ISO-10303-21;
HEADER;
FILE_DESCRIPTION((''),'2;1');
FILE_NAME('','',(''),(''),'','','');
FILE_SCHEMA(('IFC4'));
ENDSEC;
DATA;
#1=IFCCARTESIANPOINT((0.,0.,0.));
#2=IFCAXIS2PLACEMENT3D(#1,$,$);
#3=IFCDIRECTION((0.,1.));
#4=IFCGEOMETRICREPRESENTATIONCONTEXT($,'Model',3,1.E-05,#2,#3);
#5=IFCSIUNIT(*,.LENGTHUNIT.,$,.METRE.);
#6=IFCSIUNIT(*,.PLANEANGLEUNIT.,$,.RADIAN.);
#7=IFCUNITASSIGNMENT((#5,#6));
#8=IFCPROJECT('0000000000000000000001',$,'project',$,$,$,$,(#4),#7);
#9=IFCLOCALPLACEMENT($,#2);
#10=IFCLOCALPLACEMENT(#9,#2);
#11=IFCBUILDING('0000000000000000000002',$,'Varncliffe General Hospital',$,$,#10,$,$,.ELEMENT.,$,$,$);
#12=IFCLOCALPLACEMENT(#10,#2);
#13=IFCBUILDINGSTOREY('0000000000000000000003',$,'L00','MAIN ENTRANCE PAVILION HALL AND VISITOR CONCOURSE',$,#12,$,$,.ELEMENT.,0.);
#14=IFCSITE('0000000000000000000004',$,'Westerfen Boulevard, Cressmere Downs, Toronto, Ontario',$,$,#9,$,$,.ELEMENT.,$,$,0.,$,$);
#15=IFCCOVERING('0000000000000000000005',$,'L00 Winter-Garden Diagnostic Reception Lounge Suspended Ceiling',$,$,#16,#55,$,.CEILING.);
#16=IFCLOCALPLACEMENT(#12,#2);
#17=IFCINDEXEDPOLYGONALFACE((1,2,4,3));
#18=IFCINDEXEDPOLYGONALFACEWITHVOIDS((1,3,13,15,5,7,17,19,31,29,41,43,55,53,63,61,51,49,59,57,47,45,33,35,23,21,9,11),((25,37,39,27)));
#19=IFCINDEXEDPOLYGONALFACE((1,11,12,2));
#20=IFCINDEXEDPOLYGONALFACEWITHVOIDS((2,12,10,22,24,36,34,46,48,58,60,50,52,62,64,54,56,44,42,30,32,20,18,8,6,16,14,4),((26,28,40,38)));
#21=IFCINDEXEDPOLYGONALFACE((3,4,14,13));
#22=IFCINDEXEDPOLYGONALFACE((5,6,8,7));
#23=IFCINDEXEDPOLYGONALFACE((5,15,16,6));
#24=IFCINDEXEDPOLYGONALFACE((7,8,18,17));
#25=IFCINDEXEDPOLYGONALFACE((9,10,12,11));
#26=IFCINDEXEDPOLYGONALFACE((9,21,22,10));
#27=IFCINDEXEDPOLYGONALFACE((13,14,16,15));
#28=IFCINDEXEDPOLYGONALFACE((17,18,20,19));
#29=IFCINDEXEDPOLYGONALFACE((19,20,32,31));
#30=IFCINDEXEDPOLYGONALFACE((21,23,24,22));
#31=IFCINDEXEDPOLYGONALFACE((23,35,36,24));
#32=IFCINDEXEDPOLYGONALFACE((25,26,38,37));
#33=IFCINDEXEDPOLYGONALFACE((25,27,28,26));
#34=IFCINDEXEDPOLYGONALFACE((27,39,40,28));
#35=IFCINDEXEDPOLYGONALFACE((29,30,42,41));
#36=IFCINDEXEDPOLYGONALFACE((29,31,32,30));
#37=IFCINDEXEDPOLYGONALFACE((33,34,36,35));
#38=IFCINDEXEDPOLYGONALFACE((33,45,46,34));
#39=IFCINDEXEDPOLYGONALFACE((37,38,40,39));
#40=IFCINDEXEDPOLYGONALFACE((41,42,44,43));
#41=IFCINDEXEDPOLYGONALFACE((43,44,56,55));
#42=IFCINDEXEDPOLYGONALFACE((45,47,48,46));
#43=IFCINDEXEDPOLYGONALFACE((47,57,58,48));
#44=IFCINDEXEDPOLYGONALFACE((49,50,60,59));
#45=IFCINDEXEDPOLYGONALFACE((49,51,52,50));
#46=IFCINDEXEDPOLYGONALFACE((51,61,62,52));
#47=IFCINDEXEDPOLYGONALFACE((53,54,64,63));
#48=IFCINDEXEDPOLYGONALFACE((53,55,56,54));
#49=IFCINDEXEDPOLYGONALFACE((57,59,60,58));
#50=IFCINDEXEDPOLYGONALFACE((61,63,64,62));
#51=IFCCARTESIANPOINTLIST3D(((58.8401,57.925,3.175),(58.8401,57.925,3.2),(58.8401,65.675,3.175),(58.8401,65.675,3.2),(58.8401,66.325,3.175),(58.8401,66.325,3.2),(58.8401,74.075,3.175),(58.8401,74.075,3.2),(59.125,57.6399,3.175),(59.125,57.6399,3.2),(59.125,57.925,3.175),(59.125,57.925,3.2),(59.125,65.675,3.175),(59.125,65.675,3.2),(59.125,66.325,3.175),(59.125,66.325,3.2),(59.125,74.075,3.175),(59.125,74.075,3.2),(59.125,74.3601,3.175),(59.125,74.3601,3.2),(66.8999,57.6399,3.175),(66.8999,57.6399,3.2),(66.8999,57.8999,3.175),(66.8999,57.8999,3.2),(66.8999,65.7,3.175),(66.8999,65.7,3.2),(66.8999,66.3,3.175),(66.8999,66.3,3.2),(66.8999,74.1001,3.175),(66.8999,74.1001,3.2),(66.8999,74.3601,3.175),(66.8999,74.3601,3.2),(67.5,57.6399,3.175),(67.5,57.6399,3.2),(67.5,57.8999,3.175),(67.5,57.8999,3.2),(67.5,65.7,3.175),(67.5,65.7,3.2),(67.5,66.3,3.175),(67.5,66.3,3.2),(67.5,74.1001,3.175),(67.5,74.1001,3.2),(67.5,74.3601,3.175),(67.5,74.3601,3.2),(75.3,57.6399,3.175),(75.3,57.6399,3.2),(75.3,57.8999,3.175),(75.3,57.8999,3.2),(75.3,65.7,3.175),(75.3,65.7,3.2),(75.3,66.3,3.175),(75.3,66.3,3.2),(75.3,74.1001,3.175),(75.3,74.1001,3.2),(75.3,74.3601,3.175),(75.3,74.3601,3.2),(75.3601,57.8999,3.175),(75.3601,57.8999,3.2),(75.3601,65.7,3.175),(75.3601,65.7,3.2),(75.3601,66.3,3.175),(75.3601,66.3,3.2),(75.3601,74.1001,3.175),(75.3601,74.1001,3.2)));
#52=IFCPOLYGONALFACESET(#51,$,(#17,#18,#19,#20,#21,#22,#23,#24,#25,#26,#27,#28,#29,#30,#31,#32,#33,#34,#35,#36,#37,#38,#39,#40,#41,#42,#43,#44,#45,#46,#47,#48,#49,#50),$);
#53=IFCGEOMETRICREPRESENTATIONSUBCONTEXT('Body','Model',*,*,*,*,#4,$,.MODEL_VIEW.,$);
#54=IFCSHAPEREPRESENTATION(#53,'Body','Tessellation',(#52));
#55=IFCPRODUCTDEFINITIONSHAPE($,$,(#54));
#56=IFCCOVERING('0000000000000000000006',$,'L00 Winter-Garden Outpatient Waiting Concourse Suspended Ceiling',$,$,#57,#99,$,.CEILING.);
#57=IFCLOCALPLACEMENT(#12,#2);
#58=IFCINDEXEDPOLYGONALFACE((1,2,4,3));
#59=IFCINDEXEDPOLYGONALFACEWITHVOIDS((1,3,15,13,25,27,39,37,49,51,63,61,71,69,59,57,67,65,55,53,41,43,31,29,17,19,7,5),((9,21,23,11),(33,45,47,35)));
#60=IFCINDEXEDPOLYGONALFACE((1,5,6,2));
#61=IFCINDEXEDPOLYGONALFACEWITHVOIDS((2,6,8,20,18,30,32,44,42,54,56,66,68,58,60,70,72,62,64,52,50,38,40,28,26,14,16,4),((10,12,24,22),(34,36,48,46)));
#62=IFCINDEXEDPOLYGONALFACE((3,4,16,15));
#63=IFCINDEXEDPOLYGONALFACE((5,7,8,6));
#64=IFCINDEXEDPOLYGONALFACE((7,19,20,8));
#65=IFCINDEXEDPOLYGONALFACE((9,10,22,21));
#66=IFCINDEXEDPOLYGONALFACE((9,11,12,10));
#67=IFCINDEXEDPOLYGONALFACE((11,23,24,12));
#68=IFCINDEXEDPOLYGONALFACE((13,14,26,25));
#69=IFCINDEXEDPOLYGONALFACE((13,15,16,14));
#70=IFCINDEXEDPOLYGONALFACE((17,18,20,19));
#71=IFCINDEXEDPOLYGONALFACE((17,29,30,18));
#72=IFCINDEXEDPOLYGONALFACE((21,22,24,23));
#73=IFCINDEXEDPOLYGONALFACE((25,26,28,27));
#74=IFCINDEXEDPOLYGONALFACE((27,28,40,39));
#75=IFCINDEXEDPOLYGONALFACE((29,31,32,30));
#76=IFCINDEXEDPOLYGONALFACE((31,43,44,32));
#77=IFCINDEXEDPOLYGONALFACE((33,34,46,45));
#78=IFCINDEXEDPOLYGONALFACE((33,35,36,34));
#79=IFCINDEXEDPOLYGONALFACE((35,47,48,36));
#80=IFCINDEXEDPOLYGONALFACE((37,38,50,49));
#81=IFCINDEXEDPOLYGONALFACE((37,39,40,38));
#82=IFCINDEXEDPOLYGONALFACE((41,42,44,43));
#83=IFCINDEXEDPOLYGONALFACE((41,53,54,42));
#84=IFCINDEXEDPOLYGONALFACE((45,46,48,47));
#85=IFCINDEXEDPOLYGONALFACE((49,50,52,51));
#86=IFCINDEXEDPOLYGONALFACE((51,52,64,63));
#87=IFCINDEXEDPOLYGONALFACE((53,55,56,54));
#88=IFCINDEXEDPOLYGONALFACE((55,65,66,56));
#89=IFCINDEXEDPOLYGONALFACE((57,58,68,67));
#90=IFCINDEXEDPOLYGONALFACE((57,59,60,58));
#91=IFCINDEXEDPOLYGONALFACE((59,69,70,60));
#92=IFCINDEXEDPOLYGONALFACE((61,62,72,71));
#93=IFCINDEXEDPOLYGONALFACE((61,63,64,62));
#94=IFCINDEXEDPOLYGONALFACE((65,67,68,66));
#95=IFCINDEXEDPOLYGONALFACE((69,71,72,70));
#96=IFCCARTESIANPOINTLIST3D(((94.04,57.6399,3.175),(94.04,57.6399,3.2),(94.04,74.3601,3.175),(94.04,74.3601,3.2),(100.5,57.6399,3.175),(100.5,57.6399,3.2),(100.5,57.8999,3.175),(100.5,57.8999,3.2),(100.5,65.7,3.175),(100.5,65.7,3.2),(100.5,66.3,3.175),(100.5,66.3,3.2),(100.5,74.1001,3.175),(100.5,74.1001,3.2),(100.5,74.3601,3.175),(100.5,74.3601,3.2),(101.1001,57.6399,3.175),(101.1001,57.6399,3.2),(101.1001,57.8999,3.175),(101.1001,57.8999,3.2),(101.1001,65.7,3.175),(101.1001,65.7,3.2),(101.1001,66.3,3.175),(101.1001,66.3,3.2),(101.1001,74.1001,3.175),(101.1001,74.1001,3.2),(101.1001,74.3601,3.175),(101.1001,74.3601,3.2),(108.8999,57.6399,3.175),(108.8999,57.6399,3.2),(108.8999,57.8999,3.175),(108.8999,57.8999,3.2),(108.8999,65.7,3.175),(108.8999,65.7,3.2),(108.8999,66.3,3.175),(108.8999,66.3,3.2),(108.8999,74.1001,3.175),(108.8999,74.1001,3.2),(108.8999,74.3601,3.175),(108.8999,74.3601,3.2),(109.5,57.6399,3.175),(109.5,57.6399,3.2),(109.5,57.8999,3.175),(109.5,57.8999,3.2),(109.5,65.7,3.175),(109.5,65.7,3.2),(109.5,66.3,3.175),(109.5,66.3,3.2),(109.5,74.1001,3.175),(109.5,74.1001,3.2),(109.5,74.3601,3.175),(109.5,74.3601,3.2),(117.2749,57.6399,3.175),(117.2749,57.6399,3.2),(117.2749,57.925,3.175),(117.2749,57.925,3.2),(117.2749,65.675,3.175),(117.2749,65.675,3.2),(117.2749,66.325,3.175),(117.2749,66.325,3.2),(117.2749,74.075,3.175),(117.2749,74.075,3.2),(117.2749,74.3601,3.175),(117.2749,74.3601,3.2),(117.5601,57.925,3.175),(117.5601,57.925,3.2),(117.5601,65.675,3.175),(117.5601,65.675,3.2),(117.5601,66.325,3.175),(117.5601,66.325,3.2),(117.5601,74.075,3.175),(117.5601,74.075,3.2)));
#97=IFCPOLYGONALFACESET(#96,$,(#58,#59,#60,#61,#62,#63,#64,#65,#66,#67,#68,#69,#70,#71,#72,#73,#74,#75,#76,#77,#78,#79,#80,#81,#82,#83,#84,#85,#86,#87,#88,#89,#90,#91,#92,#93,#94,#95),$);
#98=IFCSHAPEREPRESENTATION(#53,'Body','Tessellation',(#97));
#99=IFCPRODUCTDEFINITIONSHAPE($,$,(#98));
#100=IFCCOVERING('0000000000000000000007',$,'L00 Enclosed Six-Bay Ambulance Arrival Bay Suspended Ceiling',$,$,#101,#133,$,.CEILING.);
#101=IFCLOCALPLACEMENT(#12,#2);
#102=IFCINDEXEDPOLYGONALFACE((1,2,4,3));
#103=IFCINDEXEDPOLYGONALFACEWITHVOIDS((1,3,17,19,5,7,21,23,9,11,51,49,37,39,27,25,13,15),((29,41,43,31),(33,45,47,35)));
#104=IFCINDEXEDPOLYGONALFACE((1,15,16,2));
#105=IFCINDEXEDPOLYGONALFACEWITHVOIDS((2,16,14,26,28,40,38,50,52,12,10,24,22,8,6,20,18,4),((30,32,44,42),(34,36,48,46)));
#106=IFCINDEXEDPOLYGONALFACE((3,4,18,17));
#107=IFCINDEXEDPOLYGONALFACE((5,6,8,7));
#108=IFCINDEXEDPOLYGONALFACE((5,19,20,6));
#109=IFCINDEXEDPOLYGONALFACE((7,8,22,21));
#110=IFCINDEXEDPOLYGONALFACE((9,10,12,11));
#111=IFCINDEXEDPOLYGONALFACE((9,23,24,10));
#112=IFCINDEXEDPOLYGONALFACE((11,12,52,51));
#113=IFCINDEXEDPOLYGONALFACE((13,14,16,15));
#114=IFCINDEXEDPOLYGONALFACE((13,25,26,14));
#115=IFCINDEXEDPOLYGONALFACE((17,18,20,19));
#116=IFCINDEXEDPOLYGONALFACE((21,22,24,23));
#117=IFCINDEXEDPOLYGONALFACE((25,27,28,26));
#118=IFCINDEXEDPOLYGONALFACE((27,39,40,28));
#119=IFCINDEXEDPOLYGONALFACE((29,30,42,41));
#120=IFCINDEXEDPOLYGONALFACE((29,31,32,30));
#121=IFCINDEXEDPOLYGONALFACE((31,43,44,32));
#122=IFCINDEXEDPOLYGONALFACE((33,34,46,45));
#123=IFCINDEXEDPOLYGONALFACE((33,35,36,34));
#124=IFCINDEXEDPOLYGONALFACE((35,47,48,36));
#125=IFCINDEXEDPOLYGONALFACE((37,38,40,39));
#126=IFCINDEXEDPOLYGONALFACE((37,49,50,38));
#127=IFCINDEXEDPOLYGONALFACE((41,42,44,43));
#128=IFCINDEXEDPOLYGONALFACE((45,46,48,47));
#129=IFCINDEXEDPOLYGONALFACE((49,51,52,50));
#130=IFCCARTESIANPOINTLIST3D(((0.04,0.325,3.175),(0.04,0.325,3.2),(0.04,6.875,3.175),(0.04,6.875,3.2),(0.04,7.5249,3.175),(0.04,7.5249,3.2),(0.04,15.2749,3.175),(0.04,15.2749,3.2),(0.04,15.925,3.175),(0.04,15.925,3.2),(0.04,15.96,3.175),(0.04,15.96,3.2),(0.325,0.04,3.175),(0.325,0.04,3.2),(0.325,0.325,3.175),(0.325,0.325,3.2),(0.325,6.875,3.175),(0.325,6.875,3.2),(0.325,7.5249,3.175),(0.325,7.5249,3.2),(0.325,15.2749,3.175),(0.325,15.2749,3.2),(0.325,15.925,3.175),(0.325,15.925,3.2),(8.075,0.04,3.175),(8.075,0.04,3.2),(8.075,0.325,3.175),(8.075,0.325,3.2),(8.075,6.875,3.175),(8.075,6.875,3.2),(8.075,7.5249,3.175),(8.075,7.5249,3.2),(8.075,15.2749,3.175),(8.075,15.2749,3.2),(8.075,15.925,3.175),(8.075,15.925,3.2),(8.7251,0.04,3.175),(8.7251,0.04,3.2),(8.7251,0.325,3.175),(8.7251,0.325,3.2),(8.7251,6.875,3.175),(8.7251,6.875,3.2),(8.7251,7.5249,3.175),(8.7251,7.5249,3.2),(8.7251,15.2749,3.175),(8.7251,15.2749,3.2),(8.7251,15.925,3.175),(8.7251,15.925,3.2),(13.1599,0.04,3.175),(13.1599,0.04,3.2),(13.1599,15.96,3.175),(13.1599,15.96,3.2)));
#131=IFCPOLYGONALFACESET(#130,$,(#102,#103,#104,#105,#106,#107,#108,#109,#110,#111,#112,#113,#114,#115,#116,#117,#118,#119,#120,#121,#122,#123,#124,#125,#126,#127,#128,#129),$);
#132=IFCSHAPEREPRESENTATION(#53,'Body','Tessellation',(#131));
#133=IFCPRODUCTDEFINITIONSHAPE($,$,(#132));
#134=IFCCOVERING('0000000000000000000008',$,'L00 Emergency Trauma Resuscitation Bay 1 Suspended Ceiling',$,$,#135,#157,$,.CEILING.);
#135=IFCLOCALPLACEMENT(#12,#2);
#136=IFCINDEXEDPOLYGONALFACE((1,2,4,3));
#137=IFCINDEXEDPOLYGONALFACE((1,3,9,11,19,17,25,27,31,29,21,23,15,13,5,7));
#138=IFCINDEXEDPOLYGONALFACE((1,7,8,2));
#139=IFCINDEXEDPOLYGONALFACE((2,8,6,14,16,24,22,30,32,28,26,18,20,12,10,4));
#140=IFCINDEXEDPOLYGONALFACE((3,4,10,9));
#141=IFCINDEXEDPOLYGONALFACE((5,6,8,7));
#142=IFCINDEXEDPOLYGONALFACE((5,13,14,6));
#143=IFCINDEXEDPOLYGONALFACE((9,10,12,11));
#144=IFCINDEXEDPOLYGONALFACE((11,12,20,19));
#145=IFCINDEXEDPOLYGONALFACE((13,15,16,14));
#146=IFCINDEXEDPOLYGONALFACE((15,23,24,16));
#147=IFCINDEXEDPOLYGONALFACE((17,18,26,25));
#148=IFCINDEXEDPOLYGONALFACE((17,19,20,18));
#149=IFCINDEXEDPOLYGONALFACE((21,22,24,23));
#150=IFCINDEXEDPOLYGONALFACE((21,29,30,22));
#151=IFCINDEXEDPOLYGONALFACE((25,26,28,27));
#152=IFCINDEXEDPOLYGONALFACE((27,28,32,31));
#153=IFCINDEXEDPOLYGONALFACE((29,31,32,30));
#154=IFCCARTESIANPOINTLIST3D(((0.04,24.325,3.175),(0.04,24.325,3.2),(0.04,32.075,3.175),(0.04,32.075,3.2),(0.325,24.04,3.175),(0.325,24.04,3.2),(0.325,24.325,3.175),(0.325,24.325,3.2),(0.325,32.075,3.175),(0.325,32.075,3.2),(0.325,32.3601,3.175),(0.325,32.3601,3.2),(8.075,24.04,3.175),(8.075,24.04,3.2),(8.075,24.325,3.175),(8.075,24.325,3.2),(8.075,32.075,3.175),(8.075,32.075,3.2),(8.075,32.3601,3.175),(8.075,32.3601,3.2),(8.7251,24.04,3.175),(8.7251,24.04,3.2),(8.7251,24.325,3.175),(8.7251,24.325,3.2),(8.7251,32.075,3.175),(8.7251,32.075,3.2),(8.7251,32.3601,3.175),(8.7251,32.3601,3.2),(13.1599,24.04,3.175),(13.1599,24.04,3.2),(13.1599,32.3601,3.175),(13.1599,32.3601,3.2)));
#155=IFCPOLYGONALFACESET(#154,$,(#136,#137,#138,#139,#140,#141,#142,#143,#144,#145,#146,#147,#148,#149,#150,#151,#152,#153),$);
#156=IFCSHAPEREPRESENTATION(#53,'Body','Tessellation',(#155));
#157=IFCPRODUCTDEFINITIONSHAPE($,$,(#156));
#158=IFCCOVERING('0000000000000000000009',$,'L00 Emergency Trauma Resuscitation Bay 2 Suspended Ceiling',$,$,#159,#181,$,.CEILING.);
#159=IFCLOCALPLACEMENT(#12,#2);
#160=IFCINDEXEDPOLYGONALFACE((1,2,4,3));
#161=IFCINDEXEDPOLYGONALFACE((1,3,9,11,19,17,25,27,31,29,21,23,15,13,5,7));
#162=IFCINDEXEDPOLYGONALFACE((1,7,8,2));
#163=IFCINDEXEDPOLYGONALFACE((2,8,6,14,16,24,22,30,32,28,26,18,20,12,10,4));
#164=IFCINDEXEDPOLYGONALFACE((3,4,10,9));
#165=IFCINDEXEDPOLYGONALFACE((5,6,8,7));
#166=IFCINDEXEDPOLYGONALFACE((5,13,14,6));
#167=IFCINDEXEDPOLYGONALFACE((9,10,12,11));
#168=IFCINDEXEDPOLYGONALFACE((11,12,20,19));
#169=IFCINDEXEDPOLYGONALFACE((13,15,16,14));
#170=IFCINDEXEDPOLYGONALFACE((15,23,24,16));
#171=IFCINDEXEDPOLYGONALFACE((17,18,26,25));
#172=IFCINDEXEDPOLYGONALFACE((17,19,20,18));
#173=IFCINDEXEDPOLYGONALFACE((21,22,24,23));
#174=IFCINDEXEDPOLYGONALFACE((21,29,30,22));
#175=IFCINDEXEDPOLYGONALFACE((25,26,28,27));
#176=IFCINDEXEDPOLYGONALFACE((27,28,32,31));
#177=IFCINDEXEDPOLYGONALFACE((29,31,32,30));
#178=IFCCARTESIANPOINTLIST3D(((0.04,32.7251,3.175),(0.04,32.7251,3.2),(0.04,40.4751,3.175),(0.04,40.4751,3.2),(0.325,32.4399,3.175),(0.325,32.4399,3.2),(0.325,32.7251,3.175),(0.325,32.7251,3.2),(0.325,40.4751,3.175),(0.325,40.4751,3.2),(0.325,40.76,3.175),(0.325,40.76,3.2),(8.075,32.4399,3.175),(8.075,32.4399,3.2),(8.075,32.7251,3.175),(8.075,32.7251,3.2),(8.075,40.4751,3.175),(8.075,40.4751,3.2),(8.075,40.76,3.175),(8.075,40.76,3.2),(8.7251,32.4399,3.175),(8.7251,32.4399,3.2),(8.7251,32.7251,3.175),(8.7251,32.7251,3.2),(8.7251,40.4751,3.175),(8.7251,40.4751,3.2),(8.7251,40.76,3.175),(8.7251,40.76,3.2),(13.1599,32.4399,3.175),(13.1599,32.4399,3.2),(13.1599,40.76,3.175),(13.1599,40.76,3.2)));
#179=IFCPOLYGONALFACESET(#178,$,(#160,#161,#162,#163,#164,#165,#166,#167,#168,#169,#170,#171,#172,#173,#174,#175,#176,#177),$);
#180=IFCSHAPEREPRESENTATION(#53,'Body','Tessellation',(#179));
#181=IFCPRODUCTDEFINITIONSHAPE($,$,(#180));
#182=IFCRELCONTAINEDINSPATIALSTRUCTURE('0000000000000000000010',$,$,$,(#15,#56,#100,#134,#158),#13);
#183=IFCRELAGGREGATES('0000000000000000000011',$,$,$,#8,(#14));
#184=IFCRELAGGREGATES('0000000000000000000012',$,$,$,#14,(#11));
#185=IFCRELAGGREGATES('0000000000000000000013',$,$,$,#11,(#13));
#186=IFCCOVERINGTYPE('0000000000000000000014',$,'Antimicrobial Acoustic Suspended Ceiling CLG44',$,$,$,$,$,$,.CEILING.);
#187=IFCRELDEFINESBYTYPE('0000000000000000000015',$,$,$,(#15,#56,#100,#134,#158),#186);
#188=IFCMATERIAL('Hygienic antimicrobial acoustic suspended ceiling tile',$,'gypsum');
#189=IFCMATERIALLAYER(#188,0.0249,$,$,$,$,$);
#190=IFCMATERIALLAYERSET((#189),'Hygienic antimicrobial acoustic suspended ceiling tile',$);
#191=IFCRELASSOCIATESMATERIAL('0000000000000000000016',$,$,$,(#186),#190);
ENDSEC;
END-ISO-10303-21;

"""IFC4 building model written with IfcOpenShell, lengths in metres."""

from ifc_helpers import new_model, si_unit, direction, frame, origin, place, context, subcontext, project, spatial, polyline, outline, extrude, material, layer, layer_set, type_object, element, save


model = new_model("IFC4")

# Units and contexts
model_context = context("Model", 3, precision=1e-05, world=origin(), true_north=direction((0.0, 1.0)))
body_context = subcontext(model_context, "Body", "Model", "MODEL_VIEW")
ifc_project = project(units=[si_unit("LENGTHUNIT", "METRE"), si_unit("PLANEANGLEUNIT", "RADIAN")], contexts=[model_context])

# Site, building, storey
site_placement = place(None, origin())
site = spatial("IfcSite", under=ifc_project, at=site_placement, Name="Westerfen Boulevard, Cressmere Downs, Toronto, Ontario", CompositionType="ELEMENT", RefElevation=0.0)
building_placement = place(site_placement, origin())
building = spatial("IfcBuilding", under=site, at=building_placement, Name="Varncliffe General Hospital", CompositionType="ELEMENT")
storey_placement = place(building_placement, origin())
storey = spatial("IfcBuildingStorey", under=building, at=storey_placement, Name="L00", Description="MAIN ENTRANCE PAVILION HALL AND VISITOR CONCOURSE", CompositionType="ELEMENT", Elevation=0.0)

# Coverings
ifc_material_1 = material(Name="Hygienic antimicrobial acoustic suspended ceiling tile", Category="gypsum")
ifc_layer_1 = layer(ifc_material_1, 0.0249)
ifc_layer_set_1 = layer_set([ifc_layer_1], Name="Hygienic antimicrobial acoustic suspended ceiling tile")
covering_type = type_object("IfcCoveringType", Name="Antimicrobial Acoustic Suspended Ceiling CLG44", PredefinedType="CEILING", material=ifc_layer_set_1)
covering_1_placement = place(storey_placement, frame((0.0, 0.0, 3.175)))
element("IfcCovering", 1, at=covering_1_placement, inside=storey, type_object=covering_type, Name="L00 Winter-Garden Diagnostic Reception Lounge Suspended Ceiling", PredefinedType="CEILING", context=body_context, shape_type="SweptSolid", body=[
    extrude(outline(polyline([(59.125, 57.6399), (59.125, 57.925), (58.8401, 57.925), (58.8401, 65.675), (59.125, 65.675), (59.125, 66.325), (58.8401, 66.325), (58.8401, 74.075), (59.125, 74.075), (59.125, 74.3601), (66.8999, 74.3601), (66.8999, 74.1001), (67.5, 74.1001), (67.5, 74.3601), (75.3, 74.3601), (75.3, 74.1001), (75.3601, 74.1001), (75.3601, 66.3), (75.3, 66.3), (75.3, 65.7), (75.3601, 65.7), (75.3601, 57.8999), (75.3, 57.8999), (75.3, 57.6399), (67.5, 57.6399), (67.5, 57.8999), (66.8999, 57.8999), (66.8999, 57.6399), (59.125, 57.6399)]), holes=[polyline([(67.5, 65.7), (67.5, 66.3), (66.8999, 66.3), (66.8999, 65.7), (67.5, 65.7)])]), origin(), (0.0, 0.0, 1.0), 0.0249),
])
covering_2_placement = place(storey_placement, frame((0.0, 0.0, 3.175)))
element("IfcCovering", 2, at=covering_2_placement, inside=storey, type_object=covering_type, Name="L00 Winter-Garden Outpatient Waiting Concourse Suspended Ceiling", PredefinedType="CEILING", context=body_context, shape_type="SweptSolid", body=[
    extrude(outline(polyline([(108.8999, 74.3601), (108.8999, 74.1001), (109.5, 74.1001), (109.5, 74.3601), (117.2749, 74.3601), (117.2749, 74.075), (117.5601, 74.075), (117.5601, 66.325), (117.2749, 66.325), (117.2749, 65.675), (117.5601, 65.675), (117.5601, 57.925), (117.2749, 57.925), (117.2749, 57.6399), (109.5, 57.6399), (109.5, 57.8999), (108.8999, 57.8999), (108.8999, 57.6399), (101.1001, 57.6399), (101.1001, 57.8999), (100.5, 57.8999), (100.5, 57.6399), (94.04, 57.6399), (94.04, 74.3601), (100.5, 74.3601), (100.5, 74.1001), (101.1001, 74.1001), (101.1001, 74.3601), (108.8999, 74.3601)]), holes=[polyline([(101.1001, 65.7), (101.1001, 66.3), (100.5, 66.3), (100.5, 65.7), (101.1001, 65.7)]), polyline([(109.5, 65.7), (109.5, 66.3), (108.8999, 66.3), (108.8999, 65.7), (109.5, 65.7)])]), origin(), (0.0, 0.0, 1.0), 0.0249),
])
covering_3_placement = place(storey_placement, frame((0.0, 0.0, 3.175)))
element("IfcCovering", 3, at=covering_3_placement, inside=storey, type_object=covering_type, Name="L00 Enclosed Six-Bay Ambulance Arrival Bay Suspended Ceiling", PredefinedType="CEILING", context=body_context, shape_type="SweptSolid", body=[
    extrude(outline(polyline([(8.7251, 0.04), (8.7251, 0.325), (8.075, 0.325), (8.075, 0.04), (0.325, 0.04), (0.325, 0.325), (0.04, 0.325), (0.04, 6.875), (0.325, 6.875), (0.325, 7.5249), (0.04, 7.5249), (0.04, 15.2749), (0.325, 15.2749), (0.325, 15.925), (0.04, 15.925), (0.04, 15.96), (13.1599, 15.96), (13.1599, 0.04), (8.7251, 0.04)]), holes=[polyline([(8.7251, 6.875), (8.7251, 7.5249), (8.075, 7.5249), (8.075, 6.875), (8.7251, 6.875)]), polyline([(8.7251, 15.2749), (8.7251, 15.925), (8.075, 15.925), (8.075, 15.2749), (8.7251, 15.2749)])]), origin(), (0.0, 0.0, 1.0), 0.0249),
])
covering_4_placement = place(storey_placement, frame((0.0, 0.0, 3.175)))
element("IfcCovering", 4, at=covering_4_placement, inside=storey, type_object=covering_type, Name="L00 Emergency Trauma Resuscitation Bay 1 Suspended Ceiling", PredefinedType="CEILING", context=body_context, shape_type="SweptSolid", body=[
    extrude(outline(polyline([(8.7251, 24.04), (8.7251, 24.325), (8.075, 24.325), (8.075, 24.04), (0.325, 24.04), (0.325, 24.325), (0.04, 24.325), (0.04, 32.075), (0.325, 32.075), (0.325, 32.3601), (8.075, 32.3601), (8.075, 32.075), (8.7251, 32.075), (8.7251, 32.3601), (13.1599, 32.3601), (13.1599, 24.04), (8.7251, 24.04)])), origin(), (0.0, 0.0, 1.0), 0.0249),
])
covering_5_placement = place(storey_placement, frame((0.0, 0.0, 3.175)))
element("IfcCovering", 5, at=covering_5_placement, inside=storey, type_object=covering_type, Name="L00 Emergency Trauma Resuscitation Bay 2 Suspended Ceiling", PredefinedType="CEILING", context=body_context, shape_type="SweptSolid", body=[
    extrude(outline(polyline([(8.7251, 32.4399), (8.7251, 32.7251), (8.075, 32.7251), (8.075, 32.4399), (0.325, 32.4399), (0.325, 32.7251), (0.04, 32.7251), (0.04, 40.4751), (0.325, 40.4751), (0.325, 40.76), (8.075, 40.76), (8.075, 40.4751), (8.7251, 40.4751), (8.7251, 40.76), (13.1599, 40.76), (13.1599, 32.4399), (8.7251, 32.4399)])), origin(), (0.0, 0.0, 1.0), 0.0249),
])

save(model, "model.ifc")
